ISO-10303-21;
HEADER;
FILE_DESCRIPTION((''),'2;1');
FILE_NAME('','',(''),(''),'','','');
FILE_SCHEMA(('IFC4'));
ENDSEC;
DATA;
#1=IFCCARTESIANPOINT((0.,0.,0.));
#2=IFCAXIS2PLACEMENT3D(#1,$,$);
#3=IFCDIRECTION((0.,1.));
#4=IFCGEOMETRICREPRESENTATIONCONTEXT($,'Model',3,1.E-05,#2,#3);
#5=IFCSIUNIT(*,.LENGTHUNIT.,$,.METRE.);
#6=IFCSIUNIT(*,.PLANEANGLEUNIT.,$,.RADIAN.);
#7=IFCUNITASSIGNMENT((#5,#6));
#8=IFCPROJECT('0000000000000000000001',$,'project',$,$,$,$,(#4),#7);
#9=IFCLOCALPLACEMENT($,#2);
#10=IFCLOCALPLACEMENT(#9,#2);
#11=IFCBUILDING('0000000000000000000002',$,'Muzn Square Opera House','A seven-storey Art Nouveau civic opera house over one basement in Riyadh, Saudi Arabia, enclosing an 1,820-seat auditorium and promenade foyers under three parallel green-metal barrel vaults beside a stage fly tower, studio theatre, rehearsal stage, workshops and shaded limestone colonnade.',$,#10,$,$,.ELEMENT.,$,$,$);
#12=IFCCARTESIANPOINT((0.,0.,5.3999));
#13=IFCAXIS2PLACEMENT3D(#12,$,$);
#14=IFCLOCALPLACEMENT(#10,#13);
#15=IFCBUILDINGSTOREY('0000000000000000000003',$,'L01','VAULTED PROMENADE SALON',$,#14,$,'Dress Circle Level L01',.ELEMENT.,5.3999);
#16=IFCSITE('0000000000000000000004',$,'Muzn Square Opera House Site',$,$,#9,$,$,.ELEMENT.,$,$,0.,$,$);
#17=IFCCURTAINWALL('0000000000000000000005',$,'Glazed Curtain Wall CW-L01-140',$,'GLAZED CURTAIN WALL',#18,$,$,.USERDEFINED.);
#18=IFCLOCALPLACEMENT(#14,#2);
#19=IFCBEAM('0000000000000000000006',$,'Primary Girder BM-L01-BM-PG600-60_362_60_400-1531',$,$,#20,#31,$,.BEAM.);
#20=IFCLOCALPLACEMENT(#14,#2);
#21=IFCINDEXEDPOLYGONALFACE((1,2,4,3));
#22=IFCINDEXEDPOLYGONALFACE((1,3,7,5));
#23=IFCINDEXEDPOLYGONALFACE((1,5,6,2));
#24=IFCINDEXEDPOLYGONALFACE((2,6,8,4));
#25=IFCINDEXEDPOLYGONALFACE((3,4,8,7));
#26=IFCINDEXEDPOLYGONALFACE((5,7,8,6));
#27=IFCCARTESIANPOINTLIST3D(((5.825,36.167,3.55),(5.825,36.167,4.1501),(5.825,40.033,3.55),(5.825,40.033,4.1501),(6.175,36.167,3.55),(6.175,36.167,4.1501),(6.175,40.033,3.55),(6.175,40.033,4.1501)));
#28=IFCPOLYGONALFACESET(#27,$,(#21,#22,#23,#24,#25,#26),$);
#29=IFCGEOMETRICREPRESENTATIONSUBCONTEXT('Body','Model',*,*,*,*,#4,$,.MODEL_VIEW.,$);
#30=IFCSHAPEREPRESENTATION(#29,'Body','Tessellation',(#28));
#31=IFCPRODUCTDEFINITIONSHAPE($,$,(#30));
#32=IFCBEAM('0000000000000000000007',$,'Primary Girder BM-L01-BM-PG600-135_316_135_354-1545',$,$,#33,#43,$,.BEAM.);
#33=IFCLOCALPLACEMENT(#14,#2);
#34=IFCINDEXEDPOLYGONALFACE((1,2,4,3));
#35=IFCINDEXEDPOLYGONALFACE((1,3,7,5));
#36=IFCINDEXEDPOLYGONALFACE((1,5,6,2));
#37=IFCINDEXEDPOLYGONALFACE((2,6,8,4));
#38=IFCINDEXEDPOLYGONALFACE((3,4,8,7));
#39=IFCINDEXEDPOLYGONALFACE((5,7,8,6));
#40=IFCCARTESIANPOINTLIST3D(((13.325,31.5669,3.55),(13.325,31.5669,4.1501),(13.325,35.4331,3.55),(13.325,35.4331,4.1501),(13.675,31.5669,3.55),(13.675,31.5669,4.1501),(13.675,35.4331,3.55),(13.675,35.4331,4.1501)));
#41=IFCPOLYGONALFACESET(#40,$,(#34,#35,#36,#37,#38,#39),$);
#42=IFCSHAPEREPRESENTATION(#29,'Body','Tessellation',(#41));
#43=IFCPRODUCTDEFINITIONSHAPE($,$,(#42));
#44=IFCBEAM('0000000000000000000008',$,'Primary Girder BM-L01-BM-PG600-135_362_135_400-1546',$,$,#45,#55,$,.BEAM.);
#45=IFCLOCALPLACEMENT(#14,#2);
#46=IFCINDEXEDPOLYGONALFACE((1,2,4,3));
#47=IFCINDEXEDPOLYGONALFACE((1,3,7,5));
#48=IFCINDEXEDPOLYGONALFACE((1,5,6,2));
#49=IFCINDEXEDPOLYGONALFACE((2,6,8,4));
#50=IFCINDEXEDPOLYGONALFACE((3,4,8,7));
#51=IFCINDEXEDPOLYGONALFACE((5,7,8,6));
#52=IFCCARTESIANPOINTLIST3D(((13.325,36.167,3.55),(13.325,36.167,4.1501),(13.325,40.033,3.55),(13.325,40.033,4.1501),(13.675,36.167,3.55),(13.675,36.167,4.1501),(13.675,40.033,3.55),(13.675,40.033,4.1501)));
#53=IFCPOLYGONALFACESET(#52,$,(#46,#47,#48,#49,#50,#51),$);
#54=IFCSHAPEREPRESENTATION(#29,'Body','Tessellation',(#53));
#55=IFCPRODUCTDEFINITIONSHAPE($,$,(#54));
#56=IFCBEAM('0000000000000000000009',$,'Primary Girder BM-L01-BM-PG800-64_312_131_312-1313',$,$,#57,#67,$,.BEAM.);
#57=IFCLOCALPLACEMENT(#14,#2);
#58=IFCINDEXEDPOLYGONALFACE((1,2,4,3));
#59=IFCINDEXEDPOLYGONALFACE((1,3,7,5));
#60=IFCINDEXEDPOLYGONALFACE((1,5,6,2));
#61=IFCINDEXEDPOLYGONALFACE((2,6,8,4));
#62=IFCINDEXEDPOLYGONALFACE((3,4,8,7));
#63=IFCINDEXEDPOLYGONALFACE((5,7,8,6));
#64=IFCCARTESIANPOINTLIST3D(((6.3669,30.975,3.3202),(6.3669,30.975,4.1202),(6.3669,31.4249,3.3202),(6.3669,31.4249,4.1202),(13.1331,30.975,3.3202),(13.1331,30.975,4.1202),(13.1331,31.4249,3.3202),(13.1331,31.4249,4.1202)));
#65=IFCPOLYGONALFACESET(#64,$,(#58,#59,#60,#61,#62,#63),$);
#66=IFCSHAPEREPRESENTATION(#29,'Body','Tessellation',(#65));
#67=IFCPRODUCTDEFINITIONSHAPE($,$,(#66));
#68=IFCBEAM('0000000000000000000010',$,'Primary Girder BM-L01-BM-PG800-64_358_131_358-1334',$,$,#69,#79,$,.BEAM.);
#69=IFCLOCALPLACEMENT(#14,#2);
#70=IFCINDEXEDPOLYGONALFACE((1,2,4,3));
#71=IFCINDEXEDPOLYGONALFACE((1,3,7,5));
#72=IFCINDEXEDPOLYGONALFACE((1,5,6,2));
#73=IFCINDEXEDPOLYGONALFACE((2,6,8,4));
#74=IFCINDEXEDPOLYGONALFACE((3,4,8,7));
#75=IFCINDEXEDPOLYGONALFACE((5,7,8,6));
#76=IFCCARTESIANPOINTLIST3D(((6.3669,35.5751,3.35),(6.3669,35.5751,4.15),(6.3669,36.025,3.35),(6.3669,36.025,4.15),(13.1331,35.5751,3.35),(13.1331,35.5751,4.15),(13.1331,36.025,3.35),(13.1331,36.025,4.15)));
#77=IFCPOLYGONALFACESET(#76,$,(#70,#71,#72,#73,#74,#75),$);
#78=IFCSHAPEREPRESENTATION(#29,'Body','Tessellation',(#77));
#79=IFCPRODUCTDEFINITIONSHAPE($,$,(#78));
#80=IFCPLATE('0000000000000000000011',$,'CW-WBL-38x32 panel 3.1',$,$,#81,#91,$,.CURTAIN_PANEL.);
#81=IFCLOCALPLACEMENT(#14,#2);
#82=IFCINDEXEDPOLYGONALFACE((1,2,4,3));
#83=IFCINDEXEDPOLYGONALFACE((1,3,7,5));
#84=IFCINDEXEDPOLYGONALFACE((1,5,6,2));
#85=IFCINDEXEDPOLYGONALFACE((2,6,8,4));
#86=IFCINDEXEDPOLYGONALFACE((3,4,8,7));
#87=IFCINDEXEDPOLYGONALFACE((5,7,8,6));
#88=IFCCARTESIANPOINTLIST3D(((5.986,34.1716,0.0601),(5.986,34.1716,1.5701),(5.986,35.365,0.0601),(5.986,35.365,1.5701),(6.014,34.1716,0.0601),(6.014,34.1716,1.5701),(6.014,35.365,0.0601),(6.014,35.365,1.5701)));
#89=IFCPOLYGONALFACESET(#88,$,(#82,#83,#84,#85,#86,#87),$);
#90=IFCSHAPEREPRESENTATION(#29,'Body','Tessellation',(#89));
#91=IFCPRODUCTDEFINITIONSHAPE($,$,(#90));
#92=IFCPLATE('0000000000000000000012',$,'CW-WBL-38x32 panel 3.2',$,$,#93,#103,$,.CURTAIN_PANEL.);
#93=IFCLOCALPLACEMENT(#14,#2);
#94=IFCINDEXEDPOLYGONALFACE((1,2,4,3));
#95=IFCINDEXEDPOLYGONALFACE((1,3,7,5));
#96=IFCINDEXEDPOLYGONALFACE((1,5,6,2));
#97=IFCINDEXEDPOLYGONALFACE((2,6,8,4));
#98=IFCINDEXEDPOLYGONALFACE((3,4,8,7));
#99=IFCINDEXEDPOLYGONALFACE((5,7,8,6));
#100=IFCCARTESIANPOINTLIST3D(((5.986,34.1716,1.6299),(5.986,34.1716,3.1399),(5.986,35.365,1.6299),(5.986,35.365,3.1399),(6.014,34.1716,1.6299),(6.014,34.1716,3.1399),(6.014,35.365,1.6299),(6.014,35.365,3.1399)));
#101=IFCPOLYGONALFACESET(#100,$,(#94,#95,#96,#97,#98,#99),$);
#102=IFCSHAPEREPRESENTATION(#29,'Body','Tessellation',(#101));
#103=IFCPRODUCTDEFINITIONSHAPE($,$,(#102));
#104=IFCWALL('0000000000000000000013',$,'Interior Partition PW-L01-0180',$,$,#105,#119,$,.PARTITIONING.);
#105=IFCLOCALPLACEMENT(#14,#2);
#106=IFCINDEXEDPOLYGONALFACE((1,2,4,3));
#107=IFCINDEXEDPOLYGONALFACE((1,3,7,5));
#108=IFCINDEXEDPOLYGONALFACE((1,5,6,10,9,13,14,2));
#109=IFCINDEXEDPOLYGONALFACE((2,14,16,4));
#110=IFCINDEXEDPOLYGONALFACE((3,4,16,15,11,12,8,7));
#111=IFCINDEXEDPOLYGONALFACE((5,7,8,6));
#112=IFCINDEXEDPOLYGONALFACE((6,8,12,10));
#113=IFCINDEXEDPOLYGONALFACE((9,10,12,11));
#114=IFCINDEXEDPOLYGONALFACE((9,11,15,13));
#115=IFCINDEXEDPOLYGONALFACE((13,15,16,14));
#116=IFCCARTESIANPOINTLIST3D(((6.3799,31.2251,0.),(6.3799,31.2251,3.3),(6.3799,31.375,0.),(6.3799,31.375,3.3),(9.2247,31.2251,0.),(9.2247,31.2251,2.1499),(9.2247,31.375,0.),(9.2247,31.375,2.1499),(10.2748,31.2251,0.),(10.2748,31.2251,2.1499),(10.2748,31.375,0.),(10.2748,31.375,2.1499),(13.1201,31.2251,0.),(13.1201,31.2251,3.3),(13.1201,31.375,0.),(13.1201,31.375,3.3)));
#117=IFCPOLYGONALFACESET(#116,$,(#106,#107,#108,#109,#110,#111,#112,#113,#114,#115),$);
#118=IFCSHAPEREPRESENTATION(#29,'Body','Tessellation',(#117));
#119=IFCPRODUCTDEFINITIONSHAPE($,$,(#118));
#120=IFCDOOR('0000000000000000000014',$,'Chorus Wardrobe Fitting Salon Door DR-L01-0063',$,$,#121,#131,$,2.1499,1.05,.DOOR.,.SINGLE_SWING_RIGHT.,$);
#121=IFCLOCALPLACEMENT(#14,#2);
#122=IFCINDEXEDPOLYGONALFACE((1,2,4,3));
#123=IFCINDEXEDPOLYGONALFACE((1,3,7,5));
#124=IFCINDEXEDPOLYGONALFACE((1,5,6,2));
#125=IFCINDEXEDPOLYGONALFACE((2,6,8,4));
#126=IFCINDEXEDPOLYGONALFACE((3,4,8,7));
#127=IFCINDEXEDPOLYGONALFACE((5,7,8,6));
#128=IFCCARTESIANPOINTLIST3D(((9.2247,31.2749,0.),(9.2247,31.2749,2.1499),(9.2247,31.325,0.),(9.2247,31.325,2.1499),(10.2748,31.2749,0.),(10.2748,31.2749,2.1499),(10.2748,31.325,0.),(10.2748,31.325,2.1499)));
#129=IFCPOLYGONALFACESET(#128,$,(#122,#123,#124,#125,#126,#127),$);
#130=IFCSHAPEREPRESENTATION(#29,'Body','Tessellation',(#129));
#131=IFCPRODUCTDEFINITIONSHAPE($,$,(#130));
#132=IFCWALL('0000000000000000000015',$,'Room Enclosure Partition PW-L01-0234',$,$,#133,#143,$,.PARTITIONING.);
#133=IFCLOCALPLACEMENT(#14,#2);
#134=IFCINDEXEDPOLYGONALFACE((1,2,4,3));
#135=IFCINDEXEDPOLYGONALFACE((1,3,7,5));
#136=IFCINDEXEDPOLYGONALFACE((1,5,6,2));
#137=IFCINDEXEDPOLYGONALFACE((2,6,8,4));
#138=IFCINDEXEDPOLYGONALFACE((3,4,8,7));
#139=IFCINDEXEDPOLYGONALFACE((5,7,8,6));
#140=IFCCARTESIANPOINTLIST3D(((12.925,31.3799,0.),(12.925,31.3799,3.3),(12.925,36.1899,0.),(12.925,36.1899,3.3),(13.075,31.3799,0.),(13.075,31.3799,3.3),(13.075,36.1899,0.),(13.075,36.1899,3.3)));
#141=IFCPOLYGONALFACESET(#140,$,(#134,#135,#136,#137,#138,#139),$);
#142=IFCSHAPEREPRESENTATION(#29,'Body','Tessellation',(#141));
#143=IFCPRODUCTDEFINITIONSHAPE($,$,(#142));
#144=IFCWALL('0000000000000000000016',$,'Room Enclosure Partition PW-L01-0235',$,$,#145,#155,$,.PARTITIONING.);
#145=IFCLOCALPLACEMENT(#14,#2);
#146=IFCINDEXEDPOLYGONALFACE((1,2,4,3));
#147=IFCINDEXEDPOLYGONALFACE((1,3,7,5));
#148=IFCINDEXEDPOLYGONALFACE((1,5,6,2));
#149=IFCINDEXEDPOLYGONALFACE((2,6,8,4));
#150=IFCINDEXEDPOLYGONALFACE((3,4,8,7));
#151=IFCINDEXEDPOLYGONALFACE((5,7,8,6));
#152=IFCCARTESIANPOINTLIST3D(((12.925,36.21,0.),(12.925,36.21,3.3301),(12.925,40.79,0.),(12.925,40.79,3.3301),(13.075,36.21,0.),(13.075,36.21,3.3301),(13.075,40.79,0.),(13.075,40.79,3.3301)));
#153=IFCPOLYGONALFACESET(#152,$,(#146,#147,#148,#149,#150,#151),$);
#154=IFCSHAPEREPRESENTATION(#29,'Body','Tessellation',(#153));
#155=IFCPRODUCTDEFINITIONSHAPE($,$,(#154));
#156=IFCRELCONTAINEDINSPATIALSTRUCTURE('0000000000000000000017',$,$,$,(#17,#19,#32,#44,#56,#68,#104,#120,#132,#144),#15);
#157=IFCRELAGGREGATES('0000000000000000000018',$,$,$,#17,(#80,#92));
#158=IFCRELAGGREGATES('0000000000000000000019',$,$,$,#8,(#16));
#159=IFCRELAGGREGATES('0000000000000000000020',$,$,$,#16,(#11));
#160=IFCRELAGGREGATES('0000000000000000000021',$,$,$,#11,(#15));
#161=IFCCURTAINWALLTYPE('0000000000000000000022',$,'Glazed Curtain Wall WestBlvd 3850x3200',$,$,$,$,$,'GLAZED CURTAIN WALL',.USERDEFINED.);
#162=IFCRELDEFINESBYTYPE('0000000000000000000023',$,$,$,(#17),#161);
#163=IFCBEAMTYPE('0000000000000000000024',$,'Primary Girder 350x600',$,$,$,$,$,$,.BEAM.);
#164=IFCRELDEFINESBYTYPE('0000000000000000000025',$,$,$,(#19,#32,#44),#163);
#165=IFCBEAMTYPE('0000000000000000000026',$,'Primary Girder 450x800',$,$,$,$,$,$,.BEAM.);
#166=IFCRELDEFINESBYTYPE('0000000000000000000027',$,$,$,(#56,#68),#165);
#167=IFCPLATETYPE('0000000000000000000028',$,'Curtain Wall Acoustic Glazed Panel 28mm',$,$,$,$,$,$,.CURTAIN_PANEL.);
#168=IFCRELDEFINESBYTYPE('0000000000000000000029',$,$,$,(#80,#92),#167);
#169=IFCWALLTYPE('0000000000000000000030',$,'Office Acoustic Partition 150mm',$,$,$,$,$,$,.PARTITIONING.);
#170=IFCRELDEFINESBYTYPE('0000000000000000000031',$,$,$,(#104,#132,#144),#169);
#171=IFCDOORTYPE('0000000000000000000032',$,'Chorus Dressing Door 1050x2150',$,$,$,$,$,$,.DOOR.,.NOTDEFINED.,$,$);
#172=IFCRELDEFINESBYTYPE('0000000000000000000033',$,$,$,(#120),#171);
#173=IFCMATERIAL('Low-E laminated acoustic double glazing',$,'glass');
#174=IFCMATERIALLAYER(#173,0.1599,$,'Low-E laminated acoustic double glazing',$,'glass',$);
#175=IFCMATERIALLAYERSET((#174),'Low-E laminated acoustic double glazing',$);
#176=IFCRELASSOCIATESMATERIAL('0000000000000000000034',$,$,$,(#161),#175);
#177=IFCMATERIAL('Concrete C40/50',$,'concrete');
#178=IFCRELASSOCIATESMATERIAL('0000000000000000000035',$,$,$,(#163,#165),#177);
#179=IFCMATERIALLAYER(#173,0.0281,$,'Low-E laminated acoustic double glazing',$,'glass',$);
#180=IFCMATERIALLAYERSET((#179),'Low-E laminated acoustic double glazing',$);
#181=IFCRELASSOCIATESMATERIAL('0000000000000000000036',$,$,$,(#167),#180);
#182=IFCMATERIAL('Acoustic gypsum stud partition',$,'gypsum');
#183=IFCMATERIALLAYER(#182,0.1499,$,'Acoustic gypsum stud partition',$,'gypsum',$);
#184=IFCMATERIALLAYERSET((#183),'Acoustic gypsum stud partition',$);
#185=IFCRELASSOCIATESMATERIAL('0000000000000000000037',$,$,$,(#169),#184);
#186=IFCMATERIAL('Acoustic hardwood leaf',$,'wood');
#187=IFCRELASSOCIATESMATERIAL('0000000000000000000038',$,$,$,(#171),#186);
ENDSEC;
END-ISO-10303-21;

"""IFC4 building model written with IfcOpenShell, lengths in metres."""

from ifc_helpers import new_model, si_unit, direction, frame, frame_2d, origin, origin_2d, place, context, subcontext, project, spatial, rectangle, extrude, material, layer, layer_set, material_profile, profile_set, type_object, element, fill, aggregate, save


model = new_model("IFC4")

# Units and contexts
model_context = context("Model", 3, precision=1e-05, world=origin(), true_north=direction((0.0, 1.0)))
body_context = subcontext(model_context, "Body", "Model", "MODEL_VIEW")
ifc_project = project(units=[si_unit("LENGTHUNIT", "METRE"), si_unit("PLANEANGLEUNIT", "RADIAN")], contexts=[model_context])

# Site, building, storey
site_placement = place(None, origin())
site = spatial("IfcSite", under=ifc_project, at=site_placement, Name="Muzn Square Opera House Site", CompositionType="ELEMENT", RefElevation=0.0)
building_placement = place(site_placement, origin())
building = spatial("IfcBuilding", under=site, at=building_placement, Name="Muzn Square Opera House", Description="A seven-storey Art Nouveau civic opera house over one basement in Riyadh, Saudi Arabia, enclosing an 1,820-seat auditorium and promenade foyers under three parallel green-metal barrel vaults beside a stage fly tower, studio theatre, rehearsal stage, workshops and shaded limestone colonnade.", CompositionType="ELEMENT")
storey_placement = place(building_placement, frame((0.0, 0.0, 5.3999)))
storey = spatial("IfcBuildingStorey", under=building, at=storey_placement, Name="L01", Description="VAULTED PROMENADE SALON", LongName="Dress Circle Level L01", CompositionType="ELEMENT", Elevation=5.3999)

# Curtain wall
ifc_material_1 = material(Name="Low-E laminated acoustic double glazing", Category="glass")
ifc_layer_1 = layer(ifc_material_1, 0.1599, Name="Low-E laminated acoustic double glazing", Category="glass")
ifc_layer_set_1 = layer_set([ifc_layer_1], Name="Low-E laminated acoustic double glazing")
curtain_wall_type = type_object("IfcCurtainWallType", Name="Glazed Curtain Wall WestBlvd 3850x3200", ElementType="GLAZED CURTAIN WALL", PredefinedType="USERDEFINED", material=ifc_layer_set_1)
curtain_wall_1_placement = place(storey_placement, origin())
curtain_wall_1 = element("IfcCurtainWall", 1, at=curtain_wall_1_placement, inside=storey, type_object=curtain_wall_type, Name="Glazed Curtain Wall CW-L01-140", ObjectType="GLAZED CURTAIN WALL", PredefinedType="USERDEFINED")

# Beams
ifc_material_2 = material(Name="Concrete C40/50", Category="concrete")
ifc_material_profile_1 = material_profile(ifc_material_2, rectangle(XDim=0.3501, YDim=0.6001, at=origin_2d()), Name="RCB 350x600", Category="concrete")
ifc_profile_set_1 = profile_set([ifc_material_profile_1], Name="Concrete C40/50")
beam_type_1 = type_object("IfcBeamType", Name="Primary Girder 350x600", PredefinedType="BEAM", material=ifc_profile_set_1)
beam_1_placement = place(storey_placement, frame((6.0, 36.167, 3.8501), z_axis=(0.0, 1.0, 0.0), x_axis=(-1.0, 0.0, 0.0)))
element("IfcBeam", 2, at=beam_1_placement, inside=storey, type_object=beam_type_1, Name="Primary Girder BM-L01-BM-PG600-60_362_60_400-1531", PredefinedType="BEAM", context=body_context, shape_type="SweptSolid", body=[
    extrude(rectangle(XDim=0.3501, YDim=0.6001, at=origin_2d()), origin(), (0.0, 0.0, 1.0), 3.866),
])
beam_2_placement = place(storey_placement, frame((13.5, 31.5669, 3.8501), z_axis=(0.0, 1.0, 0.0), x_axis=(-1.0, 0.0, 0.0)))
element("IfcBeam", 3, at=beam_2_placement, inside=storey, type_object=beam_type_1, Name="Primary Girder BM-L01-BM-PG600-135_316_135_354-1545", PredefinedType="BEAM", context=body_context, shape_type="SweptSolid", body=[
    extrude(rectangle(XDim=0.3501, YDim=0.6001, at=origin_2d()), origin(), (0.0, 0.0, 1.0), 3.8662),
])
beam_3_placement = place(storey_placement, frame((13.5, 36.167, 3.8501), z_axis=(0.0, 1.0, 0.0), x_axis=(-1.0, 0.0, 0.0)))
element("IfcBeam", 4, at=beam_3_placement, inside=storey, type_object=beam_type_1, Name="Primary Girder BM-L01-BM-PG600-135_362_135_400-1546", PredefinedType="BEAM", context=body_context, shape_type="SweptSolid", body=[
    extrude(rectangle(XDim=0.3501, YDim=0.6001, at=origin_2d()), origin(), (0.0, 0.0, 1.0), 3.866),
])
ifc_material_profile_2 = material_profile(ifc_material_2, rectangle(XDim=0.45, YDim=0.8, at=origin_2d()), Name="RCB 450x800", Category="concrete")
ifc_profile_set_2 = profile_set([ifc_material_profile_2], Name="Concrete C40/50")
beam_type_2 = type_object("IfcBeamType", Name="Primary Girder 450x800", PredefinedType="BEAM", material=ifc_profile_set_2)
for number, where, z_axis, x_axis, name in (
    (5, (6.3669, 31.2, 3.7202), (1.0, 0.0, 0.0), (0.0, 1.0, 0.0), "Primary Girder BM-L01-BM-PG800-64_312_131_312-1313"),
    (6, (6.3669, 35.8, 3.75), (1.0, 0.0, 0.0), (0.0, 1.0, 0.0), "Primary Girder BM-L01-BM-PG800-64_358_131_358-1334"),
):
    element("IfcBeam", number, at=place(storey_placement, frame(where, z_axis=z_axis, x_axis=x_axis)), inside=storey, type_object=beam_type_2, Name=name, PredefinedType="BEAM", context=body_context, shape_type="SweptSolid", body=[
        extrude(rectangle(XDim=0.45, YDim=0.8, at=origin_2d()), origin(), (0.0, 0.0, 1.0), 6.7661),
    ])

# Plates
ifc_layer_2 = layer(ifc_material_1, 0.0281, Name="Low-E laminated acoustic double glazing", Category="glass")
ifc_layer_set_2 = layer_set([ifc_layer_2], Name="Low-E laminated acoustic double glazing")
plate_type = type_object("IfcPlateType", Name="Curtain Wall Acoustic Glazed Panel 28mm", PredefinedType="CURTAIN_PANEL", material=ifc_layer_set_2)
plate_1_placement = place(storey_placement, frame((6.0, 34.7683, 0.0601), z_axis=(0.0, 0.0, 1.0), x_axis=(0.0, 1.0, 0.0)))
plate_1 = element("IfcPlate", 7, at=plate_1_placement, type_object=plate_type, Name="CW-WBL-38x32 panel 3.1", PredefinedType="CURTAIN_PANEL", context=body_context, shape_type="SweptSolid", body=[
    extrude(rectangle(XDim=1.1934, YDim=0.0281, at=origin_2d()), origin(), (0.0, 0.0, 1.0), 1.51),
])
plate_2_placement = place(storey_placement, frame((6.0, 34.7683, 1.6299), z_axis=(0.0, 0.0, 1.0), x_axis=(0.0, 1.0, 0.0)))
plate_2 = element("IfcPlate", 8, at=plate_2_placement, type_object=plate_type, Name="CW-WBL-38x32 panel 3.2", PredefinedType="CURTAIN_PANEL", context=body_context, shape_type="SweptSolid", body=[
    extrude(rectangle(XDim=1.1934, YDim=0.0281, at=origin_2d()), origin(), (0.0, 0.0, 1.0), 1.51),
])
aggregate(curtain_wall_1, [plate_1, plate_2])

# Wall, opening, door
ifc_material_3 = material(Name="Acoustic gypsum stud partition", Category="gypsum")
ifc_layer_3 = layer(ifc_material_3, 0.1499, Name="Acoustic gypsum stud partition", Category="gypsum")
ifc_layer_set_3 = layer_set([ifc_layer_3], Name="Acoustic gypsum stud partition")
wall_type = type_object("IfcWallType", Name="Office Acoustic Partition 150mm", PredefinedType="PARTITIONING", material=ifc_layer_set_3)
wall_1_placement = place(storey_placement, frame((6.3799, 31.3, 0.0), z_axis=(0.0, 0.0, 1.0), x_axis=(1.0, 0.0, 0.0)))
wall_1 = element("IfcWall", 9, at=wall_1_placement, inside=storey, type_object=wall_type, Name="Interior Partition PW-L01-0180", PredefinedType="PARTITIONING", context=body_context, shape_type="SweptSolid", body=[
    extrude(rectangle(XDim=6.7402, YDim=0.1499, at=frame_2d((3.3701, 0.0))), origin(), (0.0, 0.0, 1.0), 3.3),
])
opening_placement = place(wall_1_placement, frame((2.845, 0.0, 0.0)))
opening = element("IfcOpeningElement", 10, at=opening_placement, cuts=wall_1, PredefinedType="OPENING", context=body_context, shape_type="SweptSolid", body=[
    extrude(rectangle(XDim=1.05, YDim=2.1499, at=frame_2d((0.5249, 1.075))), frame((0.0, 0.085, 0.0), z_axis=(0.0, -1.0, 0.0), x_axis=(1.0, 0.0, 0.0)), (0.0, 0.0, 1.0), 0.1699),
])
ifc_material_4 = material(Name="Acoustic hardwood leaf", Category="wood")
door_type = type_object("IfcDoorType", Name="Chorus Dressing Door 1050x2150", OperationType="NOTDEFINED", PredefinedType="DOOR", material=ifc_material_4)
door_placement = place(opening_placement, origin())
door = element("IfcDoor", 11, at=door_placement, inside=storey, type_object=door_type, Name="Chorus Wardrobe Fitting Salon Door DR-L01-0063", OperationType="SINGLE_SWING_RIGHT", OverallHeight=2.1499, OverallWidth=1.05, PredefinedType="DOOR", context=body_context, shape_type="SweptSolid", body=[
    extrude(rectangle(XDim=1.05, YDim=2.1499, at=frame_2d((0.5249, 1.075))), frame((0.0, 0.0249, 0.0), z_axis=(0.0, -1.0, 0.0), x_axis=(1.0, 0.0, 0.0)), (0.0, 0.0, 1.0), 0.05),
])
fill(opening, door)

# Walls
wall_2_placement = place(storey_placement, frame((13.0, 31.3799, 0.0), z_axis=(0.0, 0.0, 1.0), x_axis=(0.0, 1.0, 0.0)))
element("IfcWall", 12, at=wall_2_placement, inside=storey, type_object=wall_type, Name="Room Enclosure Partition PW-L01-0234", PredefinedType="PARTITIONING", context=body_context, shape_type="SweptSolid", body=[
    extrude(rectangle(XDim=4.8101, YDim=0.1499, at=frame_2d((2.405, 0.0))), origin(), (0.0, 0.0, 1.0), 3.3),
])
wall_3_placement = place(storey_placement, frame((13.0, 36.21, 0.0), z_axis=(0.0, 0.0, 1.0), x_axis=(0.0, 1.0, 0.0)))
element("IfcWall", 13, at=wall_3_placement, inside=storey, type_object=wall_type, Name="Room Enclosure Partition PW-L01-0235", PredefinedType="PARTITIONING", context=body_context, shape_type="SweptSolid", body=[
    extrude(rectangle(XDim=4.5801, YDim=0.1499, at=frame_2d((2.29, 0.0))), origin(), (0.0, 0.0, 1.0), 3.3301),
])

save(model, "model.ifc")
